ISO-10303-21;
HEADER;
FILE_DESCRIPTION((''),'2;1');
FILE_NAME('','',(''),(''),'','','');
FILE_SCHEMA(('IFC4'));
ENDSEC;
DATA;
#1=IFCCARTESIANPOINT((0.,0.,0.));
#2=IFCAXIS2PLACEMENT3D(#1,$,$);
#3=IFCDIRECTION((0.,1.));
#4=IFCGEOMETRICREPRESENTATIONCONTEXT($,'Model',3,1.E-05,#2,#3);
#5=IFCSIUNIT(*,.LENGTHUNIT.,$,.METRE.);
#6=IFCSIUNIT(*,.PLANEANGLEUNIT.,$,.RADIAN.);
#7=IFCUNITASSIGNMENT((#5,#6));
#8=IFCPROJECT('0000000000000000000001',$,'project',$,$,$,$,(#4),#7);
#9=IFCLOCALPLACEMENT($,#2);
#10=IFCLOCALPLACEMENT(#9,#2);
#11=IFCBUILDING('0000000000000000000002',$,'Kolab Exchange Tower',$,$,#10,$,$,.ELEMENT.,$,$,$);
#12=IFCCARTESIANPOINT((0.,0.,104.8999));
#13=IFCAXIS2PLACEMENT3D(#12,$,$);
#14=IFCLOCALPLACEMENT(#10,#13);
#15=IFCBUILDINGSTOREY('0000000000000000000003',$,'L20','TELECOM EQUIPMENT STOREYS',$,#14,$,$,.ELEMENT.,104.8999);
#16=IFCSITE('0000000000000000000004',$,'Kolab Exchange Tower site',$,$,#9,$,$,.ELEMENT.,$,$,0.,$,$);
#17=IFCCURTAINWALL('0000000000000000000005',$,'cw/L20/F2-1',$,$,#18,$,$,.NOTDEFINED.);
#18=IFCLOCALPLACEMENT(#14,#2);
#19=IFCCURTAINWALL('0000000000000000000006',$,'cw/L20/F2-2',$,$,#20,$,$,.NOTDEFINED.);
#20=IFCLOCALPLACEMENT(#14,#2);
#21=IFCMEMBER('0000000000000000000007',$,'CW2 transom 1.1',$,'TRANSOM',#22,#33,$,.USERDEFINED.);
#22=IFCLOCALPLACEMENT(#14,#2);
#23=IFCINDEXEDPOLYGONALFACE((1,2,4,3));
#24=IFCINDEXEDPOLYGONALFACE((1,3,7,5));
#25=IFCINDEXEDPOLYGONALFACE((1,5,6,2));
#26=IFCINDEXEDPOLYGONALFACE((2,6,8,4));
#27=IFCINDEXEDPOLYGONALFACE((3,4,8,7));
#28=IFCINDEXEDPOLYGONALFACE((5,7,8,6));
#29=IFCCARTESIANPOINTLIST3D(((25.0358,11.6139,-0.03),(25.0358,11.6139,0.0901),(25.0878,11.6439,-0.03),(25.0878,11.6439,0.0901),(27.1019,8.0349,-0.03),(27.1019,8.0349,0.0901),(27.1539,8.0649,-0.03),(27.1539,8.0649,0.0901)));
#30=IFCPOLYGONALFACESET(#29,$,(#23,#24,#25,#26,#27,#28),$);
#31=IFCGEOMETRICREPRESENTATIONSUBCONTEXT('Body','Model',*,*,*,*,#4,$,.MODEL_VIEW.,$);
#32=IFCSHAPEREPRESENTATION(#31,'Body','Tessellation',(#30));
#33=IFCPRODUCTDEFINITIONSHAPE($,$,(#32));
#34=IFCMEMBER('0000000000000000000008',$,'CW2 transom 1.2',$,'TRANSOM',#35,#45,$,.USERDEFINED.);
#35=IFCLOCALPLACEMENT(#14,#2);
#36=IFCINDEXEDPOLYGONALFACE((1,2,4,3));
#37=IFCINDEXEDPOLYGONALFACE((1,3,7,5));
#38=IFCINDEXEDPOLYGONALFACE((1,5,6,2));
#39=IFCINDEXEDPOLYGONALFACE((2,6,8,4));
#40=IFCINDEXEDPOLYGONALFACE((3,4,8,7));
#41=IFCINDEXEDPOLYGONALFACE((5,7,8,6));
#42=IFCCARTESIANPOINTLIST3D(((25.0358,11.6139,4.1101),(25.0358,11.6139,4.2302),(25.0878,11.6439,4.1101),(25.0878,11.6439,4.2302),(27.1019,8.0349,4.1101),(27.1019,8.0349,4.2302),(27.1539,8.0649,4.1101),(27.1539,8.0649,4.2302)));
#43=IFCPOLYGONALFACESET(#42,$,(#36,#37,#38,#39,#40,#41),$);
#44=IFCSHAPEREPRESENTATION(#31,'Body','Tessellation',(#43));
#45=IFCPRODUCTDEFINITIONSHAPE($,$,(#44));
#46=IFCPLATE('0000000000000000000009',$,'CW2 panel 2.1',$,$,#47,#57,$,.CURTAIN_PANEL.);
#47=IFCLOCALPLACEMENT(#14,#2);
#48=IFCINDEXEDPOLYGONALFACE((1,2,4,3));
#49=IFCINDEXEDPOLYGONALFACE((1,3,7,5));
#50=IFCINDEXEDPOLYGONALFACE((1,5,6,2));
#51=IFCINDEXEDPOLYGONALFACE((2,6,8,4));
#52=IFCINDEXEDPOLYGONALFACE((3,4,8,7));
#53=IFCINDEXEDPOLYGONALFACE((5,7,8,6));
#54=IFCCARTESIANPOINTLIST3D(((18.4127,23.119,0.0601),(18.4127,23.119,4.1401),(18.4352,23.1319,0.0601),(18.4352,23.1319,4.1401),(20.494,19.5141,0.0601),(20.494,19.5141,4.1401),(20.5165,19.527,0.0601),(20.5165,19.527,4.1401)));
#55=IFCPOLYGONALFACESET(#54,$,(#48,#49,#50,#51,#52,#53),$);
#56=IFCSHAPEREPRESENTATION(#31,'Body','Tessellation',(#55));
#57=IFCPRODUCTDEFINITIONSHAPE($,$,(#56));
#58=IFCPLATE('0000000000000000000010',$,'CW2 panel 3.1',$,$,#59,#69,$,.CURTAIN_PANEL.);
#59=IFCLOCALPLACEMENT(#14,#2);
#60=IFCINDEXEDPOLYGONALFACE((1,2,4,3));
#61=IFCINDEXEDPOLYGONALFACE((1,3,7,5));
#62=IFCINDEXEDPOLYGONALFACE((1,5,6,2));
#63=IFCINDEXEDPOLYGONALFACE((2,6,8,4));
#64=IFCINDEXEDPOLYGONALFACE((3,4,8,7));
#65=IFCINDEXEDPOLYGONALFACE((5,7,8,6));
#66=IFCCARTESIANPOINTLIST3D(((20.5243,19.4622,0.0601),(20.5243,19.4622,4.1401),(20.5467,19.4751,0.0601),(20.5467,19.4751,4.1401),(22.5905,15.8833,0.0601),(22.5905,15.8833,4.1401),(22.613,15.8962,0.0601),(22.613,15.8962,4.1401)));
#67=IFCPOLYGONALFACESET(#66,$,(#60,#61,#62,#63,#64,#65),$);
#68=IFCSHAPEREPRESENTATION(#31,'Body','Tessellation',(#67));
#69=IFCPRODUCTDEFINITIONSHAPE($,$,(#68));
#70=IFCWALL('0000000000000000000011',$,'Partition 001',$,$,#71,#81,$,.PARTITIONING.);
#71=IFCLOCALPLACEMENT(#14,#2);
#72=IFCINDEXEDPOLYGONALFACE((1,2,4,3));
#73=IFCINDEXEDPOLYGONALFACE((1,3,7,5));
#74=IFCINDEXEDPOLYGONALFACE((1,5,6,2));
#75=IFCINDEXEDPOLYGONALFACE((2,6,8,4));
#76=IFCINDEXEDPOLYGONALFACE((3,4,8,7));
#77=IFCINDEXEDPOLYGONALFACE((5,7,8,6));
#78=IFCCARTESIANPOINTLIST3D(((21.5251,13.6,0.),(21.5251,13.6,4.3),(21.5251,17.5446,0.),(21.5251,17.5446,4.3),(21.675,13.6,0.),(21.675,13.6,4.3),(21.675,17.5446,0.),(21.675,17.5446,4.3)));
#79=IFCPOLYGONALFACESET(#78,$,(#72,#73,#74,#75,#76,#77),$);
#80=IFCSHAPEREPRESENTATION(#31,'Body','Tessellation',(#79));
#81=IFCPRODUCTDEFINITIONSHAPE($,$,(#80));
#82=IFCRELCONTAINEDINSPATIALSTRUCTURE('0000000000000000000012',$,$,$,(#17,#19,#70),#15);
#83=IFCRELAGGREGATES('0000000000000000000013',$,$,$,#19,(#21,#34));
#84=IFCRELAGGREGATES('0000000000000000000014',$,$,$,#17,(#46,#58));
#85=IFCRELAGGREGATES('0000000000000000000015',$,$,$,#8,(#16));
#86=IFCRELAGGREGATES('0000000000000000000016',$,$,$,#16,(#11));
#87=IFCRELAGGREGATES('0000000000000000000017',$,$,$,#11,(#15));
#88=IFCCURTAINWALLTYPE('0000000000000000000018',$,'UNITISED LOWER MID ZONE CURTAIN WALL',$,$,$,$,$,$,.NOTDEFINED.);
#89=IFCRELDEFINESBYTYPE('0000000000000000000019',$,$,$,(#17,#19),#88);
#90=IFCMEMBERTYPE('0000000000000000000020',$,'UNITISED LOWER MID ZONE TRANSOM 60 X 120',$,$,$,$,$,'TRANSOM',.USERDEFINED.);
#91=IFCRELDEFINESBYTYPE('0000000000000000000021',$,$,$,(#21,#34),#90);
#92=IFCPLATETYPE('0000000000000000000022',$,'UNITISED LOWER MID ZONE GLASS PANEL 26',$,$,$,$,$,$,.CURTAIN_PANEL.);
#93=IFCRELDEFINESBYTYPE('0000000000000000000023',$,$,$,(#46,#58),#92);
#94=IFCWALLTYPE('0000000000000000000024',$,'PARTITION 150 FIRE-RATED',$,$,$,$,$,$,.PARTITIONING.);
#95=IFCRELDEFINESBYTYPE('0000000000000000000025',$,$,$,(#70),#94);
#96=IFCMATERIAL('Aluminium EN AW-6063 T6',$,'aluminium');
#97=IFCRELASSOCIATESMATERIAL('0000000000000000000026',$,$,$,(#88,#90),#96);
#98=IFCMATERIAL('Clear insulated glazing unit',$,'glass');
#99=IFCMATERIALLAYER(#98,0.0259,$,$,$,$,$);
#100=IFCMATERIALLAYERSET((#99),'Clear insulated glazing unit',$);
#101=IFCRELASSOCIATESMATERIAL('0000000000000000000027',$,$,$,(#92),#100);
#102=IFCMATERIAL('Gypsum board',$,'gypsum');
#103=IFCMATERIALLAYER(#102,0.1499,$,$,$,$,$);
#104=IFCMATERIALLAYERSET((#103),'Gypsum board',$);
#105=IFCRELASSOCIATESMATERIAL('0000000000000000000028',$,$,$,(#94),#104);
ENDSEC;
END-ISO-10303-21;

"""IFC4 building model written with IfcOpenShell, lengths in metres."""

from ifc_helpers import new_model, si_unit, direction, frame, frame_2d, origin, origin_2d, place, context, subcontext, project, spatial, rectangle, extrude, material, layer, layer_set, material_profile, profile_set, type_object, element, aggregate, save


model = new_model("IFC4")

# Units and contexts
model_context = context("Model", 3, precision=1e-05, world=origin(), true_north=direction((0.0, 1.0)))
body_context = subcontext(model_context, "Body", "Model", "MODEL_VIEW")
ifc_project = project(units=[si_unit("LENGTHUNIT", "METRE"), si_unit("PLANEANGLEUNIT", "RADIAN")], contexts=[model_context])

# Site, building, storey
site_placement = place(None, origin())
site = spatial("IfcSite", under=ifc_project, at=site_placement, Name="Kolab Exchange Tower site", CompositionType="ELEMENT", RefElevation=0.0)
building_placement = place(site_placement, origin())
building = spatial("IfcBuilding", under=site, at=building_placement, Name="Kolab Exchange Tower", CompositionType="ELEMENT")
storey_placement = place(building_placement, frame((0.0, 0.0, 104.8999)))
storey = spatial("IfcBuildingStorey", under=building, at=storey_placement, Name="L20", Description="TELECOM EQUIPMENT STOREYS", CompositionType="ELEMENT", Elevation=104.8999)

# Curtain wall
ifc_material_1 = material(Name="Aluminium EN AW-6063 T6", Category="aluminium")
curtain_wall_type = type_object("IfcCurtainWallType", Name="UNITISED LOWER MID ZONE CURTAIN WALL", PredefinedType="NOTDEFINED", material=ifc_material_1)
curtain_wall_1_placement = place(storey_placement, origin())
curtain_wall_1 = element("IfcCurtainWall", 1, at=curtain_wall_1_placement, inside=storey, type_object=curtain_wall_type, Name="cw/L20/F2-1", PredefinedType="NOTDEFINED")

# Curtain wall
curtain_wall_2_placement = place(storey_placement, origin())
curtain_wall_2 = element("IfcCurtainWall", 2, at=curtain_wall_2_placement, inside=storey, type_object=curtain_wall_type, Name="cw/L20/F2-2", PredefinedType="NOTDEFINED")

# Members
ifc_material_profile_1 = material_profile(ifc_material_1, rectangle(XDim=0.0601, YDim=0.1201, at=origin_2d()), Name="RECT 60X120")
ifc_profile_set_1 = profile_set([ifc_material_profile_1], Name="Aluminium EN AW-6063 T6")
member_type_1 = type_object("IfcMemberType", Name="UNITISED LOWER MID ZONE TRANSOM 60 X 120", ElementType="TRANSOM", PredefinedType="USERDEFINED", material=ifc_profile_set_1)
member_1_placement = place(storey_placement, frame((25.0618, 11.6289, 0.03), z_axis=(0.499958, -0.86605, 0.0), x_axis=(0.86605, 0.499958, 0.0)))
member_1 = element("IfcMember", 3, at=member_1_placement, type_object=member_type_1, Name="CW2 transom 1.1", ObjectType="TRANSOM", PredefinedType="USERDEFINED", context=body_context, shape_type="SweptSolid", body=[
    extrude(rectangle(XDim=0.0601, YDim=0.1201, at=origin_2d()), origin(), (0.0, 0.0, 1.0), 4.1326),
])
member_2_placement = place(storey_placement, frame((25.0618, 11.6289, 4.1702), z_axis=(0.499958, -0.86605, 0.0), x_axis=(0.86605, 0.499958, 0.0)))
member_2 = element("IfcMember", 4, at=member_2_placement, type_object=member_type_1, Name="CW2 transom 1.2", ObjectType="TRANSOM", PredefinedType="USERDEFINED", context=body_context, shape_type="SweptSolid", body=[
    extrude(rectangle(XDim=0.0601, YDim=0.1201, at=origin_2d()), origin(), (0.0, 0.0, 1.0), 4.1326),
])
aggregate(curtain_wall_2, [member_1, member_2])

# Plates
ifc_material_2 = material(Name="Clear insulated glazing unit", Category="glass")
ifc_layer_1 = layer(ifc_material_2, 0.0259)
ifc_layer_set_1 = layer_set([ifc_layer_1], Name="Clear insulated glazing unit")
plate_type = type_object("IfcPlateType", Name="UNITISED LOWER MID ZONE GLASS PANEL 26", PredefinedType="CURTAIN_PANEL", material=ifc_layer_set_1)
plate_1_placement = place(storey_placement, frame((19.4646, 21.323, 0.0601), z_axis=(0.0, 0.0, 1.0), x_axis=(0.5, -0.866025, 0.0)))
plate_1 = element("IfcPlate", 5, at=plate_1_placement, type_object=plate_type, Name="CW2 panel 2.1", PredefinedType="CURTAIN_PANEL", context=body_context, shape_type="SweptSolid", body=[
    extrude(rectangle(XDim=4.1626, YDim=0.0259, at=origin_2d()), origin(), (0.0, 0.0, 1.0), 4.0801),
])
plate_2_placement = place(storey_placement, frame((21.5686, 17.6792, 0.0601), z_axis=(0.0, 0.0, 1.0), x_axis=(0.5, -0.866025, 0.0)))
plate_2 = element("IfcPlate", 6, at=plate_2_placement, type_object=plate_type, Name="CW2 panel 3.1", PredefinedType="CURTAIN_PANEL", context=body_context, shape_type="SweptSolid", body=[
    extrude(rectangle(XDim=4.1326, YDim=0.0259, at=origin_2d()), origin(), (0.0, 0.0, 1.0), 4.0801),
])
aggregate(curtain_wall_1, [plate_1, plate_2])

# Wall
ifc_material_3 = material(Name="Gypsum board", Category="gypsum")
ifc_layer_2 = layer(ifc_material_3, 0.1499)
ifc_layer_set_2 = layer_set([ifc_layer_2], Name="Gypsum board")
wall_type_1 = type_object("IfcWallType", Name="PARTITION 150 FIRE-RATED", PredefinedType="PARTITIONING", material=ifc_layer_set_2)
wall_1_placement = place(storey_placement, frame((21.6001, 13.6001, 0.0), z_axis=(0.0, 0.0, 1.0), x_axis=(0.0, 1.0, 0.0)))
element("IfcWall", 7, at=wall_1_placement, inside=storey, type_object=wall_type_1, Name="Partition 001", PredefinedType="PARTITIONING", context=body_context, shape_type="SweptSolid", body=[
    extrude(rectangle(XDim=3.9446, YDim=0.1499, at=frame_2d((1.9722, 0.0))), origin(), (0.0, 0.0, 1.0), 4.3),
])

save(model, "model.ifc")
